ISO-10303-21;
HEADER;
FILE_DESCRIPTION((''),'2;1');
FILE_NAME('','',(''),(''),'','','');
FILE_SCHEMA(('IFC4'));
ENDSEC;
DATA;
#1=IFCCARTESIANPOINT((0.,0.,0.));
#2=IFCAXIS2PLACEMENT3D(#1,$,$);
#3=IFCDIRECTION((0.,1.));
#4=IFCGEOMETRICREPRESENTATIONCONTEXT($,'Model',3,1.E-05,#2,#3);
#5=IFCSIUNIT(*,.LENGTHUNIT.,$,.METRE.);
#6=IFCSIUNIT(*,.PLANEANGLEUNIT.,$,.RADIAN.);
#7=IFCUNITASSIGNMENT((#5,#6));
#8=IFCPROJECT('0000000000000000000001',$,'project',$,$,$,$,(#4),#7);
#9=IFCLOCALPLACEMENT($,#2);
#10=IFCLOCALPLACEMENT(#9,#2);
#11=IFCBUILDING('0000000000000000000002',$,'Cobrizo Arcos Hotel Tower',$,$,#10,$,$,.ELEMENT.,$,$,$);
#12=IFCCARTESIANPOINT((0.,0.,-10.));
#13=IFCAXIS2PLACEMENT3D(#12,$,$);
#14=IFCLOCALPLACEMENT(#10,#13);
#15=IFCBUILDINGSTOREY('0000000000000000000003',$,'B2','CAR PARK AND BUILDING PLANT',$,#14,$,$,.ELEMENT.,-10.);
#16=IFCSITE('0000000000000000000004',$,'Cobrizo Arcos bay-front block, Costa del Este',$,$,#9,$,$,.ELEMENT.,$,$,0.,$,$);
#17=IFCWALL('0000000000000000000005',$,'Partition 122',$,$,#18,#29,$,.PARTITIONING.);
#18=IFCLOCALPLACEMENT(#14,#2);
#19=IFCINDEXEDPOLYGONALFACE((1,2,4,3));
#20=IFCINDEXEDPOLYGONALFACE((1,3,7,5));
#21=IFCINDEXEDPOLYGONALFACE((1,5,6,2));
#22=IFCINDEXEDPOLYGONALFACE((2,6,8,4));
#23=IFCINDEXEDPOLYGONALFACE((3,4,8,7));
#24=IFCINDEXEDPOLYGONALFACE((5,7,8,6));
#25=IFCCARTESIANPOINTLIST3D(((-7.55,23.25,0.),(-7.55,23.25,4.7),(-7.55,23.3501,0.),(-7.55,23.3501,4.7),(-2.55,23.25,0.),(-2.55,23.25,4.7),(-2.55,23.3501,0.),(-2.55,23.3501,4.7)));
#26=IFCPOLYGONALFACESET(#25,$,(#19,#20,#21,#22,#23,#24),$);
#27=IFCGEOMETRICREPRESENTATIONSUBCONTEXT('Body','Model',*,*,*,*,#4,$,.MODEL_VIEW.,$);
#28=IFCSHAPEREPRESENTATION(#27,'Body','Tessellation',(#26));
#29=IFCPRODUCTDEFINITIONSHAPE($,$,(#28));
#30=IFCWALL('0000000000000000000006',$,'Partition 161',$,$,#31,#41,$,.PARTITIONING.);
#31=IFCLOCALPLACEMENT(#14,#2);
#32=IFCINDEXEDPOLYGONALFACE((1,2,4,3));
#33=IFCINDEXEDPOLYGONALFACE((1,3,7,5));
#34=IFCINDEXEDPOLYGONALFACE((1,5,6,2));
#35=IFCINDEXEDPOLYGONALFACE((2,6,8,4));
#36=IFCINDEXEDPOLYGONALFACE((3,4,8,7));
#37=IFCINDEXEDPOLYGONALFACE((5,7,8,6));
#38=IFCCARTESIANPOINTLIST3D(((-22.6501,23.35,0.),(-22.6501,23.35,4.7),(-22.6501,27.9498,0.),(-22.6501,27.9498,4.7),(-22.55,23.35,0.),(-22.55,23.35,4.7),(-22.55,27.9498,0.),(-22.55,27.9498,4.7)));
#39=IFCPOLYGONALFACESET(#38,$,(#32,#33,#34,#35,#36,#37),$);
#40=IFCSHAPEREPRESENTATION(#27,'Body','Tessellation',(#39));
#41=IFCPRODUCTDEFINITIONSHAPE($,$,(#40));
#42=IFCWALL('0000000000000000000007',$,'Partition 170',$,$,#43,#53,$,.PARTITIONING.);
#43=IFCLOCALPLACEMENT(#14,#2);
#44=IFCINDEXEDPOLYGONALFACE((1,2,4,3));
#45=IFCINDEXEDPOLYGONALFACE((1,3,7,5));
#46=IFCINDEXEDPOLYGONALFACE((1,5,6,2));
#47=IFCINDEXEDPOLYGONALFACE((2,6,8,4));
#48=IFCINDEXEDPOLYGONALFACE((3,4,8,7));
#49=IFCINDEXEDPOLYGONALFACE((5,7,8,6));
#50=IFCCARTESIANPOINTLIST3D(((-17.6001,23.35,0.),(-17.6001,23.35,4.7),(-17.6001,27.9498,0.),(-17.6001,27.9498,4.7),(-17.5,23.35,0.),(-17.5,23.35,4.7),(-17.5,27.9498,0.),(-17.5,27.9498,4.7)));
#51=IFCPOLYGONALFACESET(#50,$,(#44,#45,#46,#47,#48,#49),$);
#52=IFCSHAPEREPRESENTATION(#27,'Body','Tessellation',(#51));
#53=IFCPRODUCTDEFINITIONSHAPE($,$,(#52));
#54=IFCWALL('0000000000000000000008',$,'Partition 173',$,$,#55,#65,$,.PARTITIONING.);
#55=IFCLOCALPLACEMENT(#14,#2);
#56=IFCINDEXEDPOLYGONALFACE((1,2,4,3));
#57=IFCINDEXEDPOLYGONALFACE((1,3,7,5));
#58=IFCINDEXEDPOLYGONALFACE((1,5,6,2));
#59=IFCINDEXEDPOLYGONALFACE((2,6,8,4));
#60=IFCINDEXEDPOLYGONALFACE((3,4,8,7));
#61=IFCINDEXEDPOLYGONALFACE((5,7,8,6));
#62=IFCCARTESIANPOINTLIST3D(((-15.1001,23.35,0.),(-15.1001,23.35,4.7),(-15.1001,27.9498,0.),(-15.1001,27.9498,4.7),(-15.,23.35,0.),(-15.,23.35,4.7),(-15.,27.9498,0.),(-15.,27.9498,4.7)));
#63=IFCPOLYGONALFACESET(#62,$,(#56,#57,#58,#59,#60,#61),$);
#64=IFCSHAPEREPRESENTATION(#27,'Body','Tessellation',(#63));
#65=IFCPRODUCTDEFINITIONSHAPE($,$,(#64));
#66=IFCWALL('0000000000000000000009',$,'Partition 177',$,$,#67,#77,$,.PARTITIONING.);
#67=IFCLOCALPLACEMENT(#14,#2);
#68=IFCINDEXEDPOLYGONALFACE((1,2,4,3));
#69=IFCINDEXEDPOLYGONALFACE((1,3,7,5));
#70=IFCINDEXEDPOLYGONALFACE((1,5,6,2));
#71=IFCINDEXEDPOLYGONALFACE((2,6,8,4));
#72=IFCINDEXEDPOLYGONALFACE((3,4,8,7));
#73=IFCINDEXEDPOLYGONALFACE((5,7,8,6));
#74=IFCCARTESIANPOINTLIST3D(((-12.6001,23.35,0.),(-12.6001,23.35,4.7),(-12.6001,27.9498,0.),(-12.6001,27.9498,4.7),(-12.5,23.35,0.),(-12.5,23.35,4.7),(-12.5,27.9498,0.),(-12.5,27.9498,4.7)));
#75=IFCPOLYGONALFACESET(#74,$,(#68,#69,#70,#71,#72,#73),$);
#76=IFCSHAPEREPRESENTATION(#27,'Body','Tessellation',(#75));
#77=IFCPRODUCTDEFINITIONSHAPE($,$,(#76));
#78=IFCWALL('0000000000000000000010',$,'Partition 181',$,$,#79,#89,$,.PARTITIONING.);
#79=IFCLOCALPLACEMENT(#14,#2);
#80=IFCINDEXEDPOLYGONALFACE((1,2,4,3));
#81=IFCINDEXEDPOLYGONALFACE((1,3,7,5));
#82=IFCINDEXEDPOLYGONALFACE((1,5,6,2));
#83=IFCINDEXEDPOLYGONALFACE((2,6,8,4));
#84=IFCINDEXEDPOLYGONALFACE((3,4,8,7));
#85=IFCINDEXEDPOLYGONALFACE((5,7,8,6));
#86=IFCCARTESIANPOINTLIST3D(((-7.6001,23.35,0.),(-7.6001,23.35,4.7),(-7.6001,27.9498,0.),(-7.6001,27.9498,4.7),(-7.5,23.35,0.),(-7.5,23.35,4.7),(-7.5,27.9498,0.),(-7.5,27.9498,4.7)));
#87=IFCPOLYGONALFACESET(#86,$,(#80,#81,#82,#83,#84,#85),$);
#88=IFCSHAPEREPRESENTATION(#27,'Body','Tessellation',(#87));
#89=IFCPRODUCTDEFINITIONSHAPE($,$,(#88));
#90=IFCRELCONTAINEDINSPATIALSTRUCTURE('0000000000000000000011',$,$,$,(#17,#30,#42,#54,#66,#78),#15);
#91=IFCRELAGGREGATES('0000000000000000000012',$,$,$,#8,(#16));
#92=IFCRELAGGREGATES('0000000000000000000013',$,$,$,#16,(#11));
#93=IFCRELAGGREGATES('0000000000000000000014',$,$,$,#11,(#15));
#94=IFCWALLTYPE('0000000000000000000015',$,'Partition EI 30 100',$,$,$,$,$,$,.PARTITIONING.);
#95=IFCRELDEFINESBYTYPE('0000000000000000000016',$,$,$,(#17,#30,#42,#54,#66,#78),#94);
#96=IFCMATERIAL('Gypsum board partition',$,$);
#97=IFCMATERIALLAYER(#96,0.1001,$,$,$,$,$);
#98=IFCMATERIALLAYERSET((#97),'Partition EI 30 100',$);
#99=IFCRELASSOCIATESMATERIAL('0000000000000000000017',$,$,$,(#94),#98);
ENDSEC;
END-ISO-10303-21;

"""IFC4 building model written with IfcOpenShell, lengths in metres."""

from ifc_helpers import new_model, si_unit, direction, frame, frame_2d, origin, place, context, subcontext, project, spatial, rectangle, extrude, material, layer, layer_set, type_object, element, save


model = new_model("IFC4")

# Units and contexts
model_context = context("Model", 3, precision=1e-05, world=origin(), true_north=direction((0.0, 1.0)))
body_context = subcontext(model_context, "Body", "Model", "MODEL_VIEW")
ifc_project = project(units=[si_unit("LENGTHUNIT", "METRE"), si_unit("PLANEANGLEUNIT", "RADIAN")], contexts=[model_context])

# Site, building, storey
site_placement = place(None, origin())
site = spatial("IfcSite", under=ifc_project, at=site_placement, Name="Cobrizo Arcos bay-front block, Costa del Este", CompositionType="ELEMENT", RefElevation=0.0)
building_placement = place(site_placement, origin())
building = spatial("IfcBuilding", under=site, at=building_placement, Name="Cobrizo Arcos Hotel Tower", CompositionType="ELEMENT")
storey_placement = place(building_placement, frame((0.0, 0.0, -10.0)))
storey = spatial("IfcBuildingStorey", under=building, at=storey_placement, Name="B2", Description="CAR PARK AND BUILDING PLANT", CompositionType="ELEMENT", Elevation=-10.0)

# Walls
ifc_material_1 = material(Name="Gypsum board partition")
ifc_layer = layer(ifc_material_1, 0.1001)
ifc_layer_set = layer_set([ifc_layer], Name="Partition EI 30 100")
wall_type = type_object("IfcWallType", Name="Partition EI 30 100", PredefinedType="PARTITIONING", material=ifc_layer_set)
wall_1_placement = place(storey_placement, frame((-7.55, 23.3, 0.0), z_axis=(0.0, 0.0, 1.0), x_axis=(1.0, 0.0, 0.0)))
element("IfcWall", 1, at=wall_1_placement, inside=storey, type_object=wall_type, Name="Partition 122", PredefinedType="PARTITIONING", context=body_context, shape_type="SweptSolid", body=[
    extrude(rectangle(XDim=5.0, YDim=0.1001, at=frame_2d((2.5, 0.0))), origin(), (0.0, 0.0, 1.0), 4.7),
])
for number, where, z_axis, x_axis, name in (
    (2, (-22.6001, 23.3501, 0.0), (0.0, 0.0, 1.0), (0.0, 1.0, 0.0), "Partition 161"),
    (3, (-17.55, 23.3501, 0.0), (0.0, 0.0, 1.0), (0.0, 1.0, 0.0), "Partition 170"),
    (4, (-15.05, 23.3501, 0.0), (0.0, 0.0, 1.0), (0.0, 1.0, 0.0), "Partition 173"),
    (5, (-12.55, 23.3501, 0.0), (0.0, 0.0, 1.0), (0.0, 1.0, 0.0), "Partition 177"),
    (6, (-7.55, 23.3501, 0.0), (0.0, 0.0, 1.0), (0.0, 1.0, 0.0), "Partition 181"),
):
    element("IfcWall", number, at=place(storey_placement, frame(where, z_axis=z_axis, x_axis=x_axis)), inside=storey, type_object=wall_type, Name=name, PredefinedType="PARTITIONING", context=body_context, shape_type="SweptSolid", body=[
        extrude(rectangle(XDim=4.5999, YDim=0.1001, at=frame_2d((2.2998, 0.0))), origin(), (0.0, 0.0, 1.0), 4.7),
    ])

save(model, "model.ifc")
